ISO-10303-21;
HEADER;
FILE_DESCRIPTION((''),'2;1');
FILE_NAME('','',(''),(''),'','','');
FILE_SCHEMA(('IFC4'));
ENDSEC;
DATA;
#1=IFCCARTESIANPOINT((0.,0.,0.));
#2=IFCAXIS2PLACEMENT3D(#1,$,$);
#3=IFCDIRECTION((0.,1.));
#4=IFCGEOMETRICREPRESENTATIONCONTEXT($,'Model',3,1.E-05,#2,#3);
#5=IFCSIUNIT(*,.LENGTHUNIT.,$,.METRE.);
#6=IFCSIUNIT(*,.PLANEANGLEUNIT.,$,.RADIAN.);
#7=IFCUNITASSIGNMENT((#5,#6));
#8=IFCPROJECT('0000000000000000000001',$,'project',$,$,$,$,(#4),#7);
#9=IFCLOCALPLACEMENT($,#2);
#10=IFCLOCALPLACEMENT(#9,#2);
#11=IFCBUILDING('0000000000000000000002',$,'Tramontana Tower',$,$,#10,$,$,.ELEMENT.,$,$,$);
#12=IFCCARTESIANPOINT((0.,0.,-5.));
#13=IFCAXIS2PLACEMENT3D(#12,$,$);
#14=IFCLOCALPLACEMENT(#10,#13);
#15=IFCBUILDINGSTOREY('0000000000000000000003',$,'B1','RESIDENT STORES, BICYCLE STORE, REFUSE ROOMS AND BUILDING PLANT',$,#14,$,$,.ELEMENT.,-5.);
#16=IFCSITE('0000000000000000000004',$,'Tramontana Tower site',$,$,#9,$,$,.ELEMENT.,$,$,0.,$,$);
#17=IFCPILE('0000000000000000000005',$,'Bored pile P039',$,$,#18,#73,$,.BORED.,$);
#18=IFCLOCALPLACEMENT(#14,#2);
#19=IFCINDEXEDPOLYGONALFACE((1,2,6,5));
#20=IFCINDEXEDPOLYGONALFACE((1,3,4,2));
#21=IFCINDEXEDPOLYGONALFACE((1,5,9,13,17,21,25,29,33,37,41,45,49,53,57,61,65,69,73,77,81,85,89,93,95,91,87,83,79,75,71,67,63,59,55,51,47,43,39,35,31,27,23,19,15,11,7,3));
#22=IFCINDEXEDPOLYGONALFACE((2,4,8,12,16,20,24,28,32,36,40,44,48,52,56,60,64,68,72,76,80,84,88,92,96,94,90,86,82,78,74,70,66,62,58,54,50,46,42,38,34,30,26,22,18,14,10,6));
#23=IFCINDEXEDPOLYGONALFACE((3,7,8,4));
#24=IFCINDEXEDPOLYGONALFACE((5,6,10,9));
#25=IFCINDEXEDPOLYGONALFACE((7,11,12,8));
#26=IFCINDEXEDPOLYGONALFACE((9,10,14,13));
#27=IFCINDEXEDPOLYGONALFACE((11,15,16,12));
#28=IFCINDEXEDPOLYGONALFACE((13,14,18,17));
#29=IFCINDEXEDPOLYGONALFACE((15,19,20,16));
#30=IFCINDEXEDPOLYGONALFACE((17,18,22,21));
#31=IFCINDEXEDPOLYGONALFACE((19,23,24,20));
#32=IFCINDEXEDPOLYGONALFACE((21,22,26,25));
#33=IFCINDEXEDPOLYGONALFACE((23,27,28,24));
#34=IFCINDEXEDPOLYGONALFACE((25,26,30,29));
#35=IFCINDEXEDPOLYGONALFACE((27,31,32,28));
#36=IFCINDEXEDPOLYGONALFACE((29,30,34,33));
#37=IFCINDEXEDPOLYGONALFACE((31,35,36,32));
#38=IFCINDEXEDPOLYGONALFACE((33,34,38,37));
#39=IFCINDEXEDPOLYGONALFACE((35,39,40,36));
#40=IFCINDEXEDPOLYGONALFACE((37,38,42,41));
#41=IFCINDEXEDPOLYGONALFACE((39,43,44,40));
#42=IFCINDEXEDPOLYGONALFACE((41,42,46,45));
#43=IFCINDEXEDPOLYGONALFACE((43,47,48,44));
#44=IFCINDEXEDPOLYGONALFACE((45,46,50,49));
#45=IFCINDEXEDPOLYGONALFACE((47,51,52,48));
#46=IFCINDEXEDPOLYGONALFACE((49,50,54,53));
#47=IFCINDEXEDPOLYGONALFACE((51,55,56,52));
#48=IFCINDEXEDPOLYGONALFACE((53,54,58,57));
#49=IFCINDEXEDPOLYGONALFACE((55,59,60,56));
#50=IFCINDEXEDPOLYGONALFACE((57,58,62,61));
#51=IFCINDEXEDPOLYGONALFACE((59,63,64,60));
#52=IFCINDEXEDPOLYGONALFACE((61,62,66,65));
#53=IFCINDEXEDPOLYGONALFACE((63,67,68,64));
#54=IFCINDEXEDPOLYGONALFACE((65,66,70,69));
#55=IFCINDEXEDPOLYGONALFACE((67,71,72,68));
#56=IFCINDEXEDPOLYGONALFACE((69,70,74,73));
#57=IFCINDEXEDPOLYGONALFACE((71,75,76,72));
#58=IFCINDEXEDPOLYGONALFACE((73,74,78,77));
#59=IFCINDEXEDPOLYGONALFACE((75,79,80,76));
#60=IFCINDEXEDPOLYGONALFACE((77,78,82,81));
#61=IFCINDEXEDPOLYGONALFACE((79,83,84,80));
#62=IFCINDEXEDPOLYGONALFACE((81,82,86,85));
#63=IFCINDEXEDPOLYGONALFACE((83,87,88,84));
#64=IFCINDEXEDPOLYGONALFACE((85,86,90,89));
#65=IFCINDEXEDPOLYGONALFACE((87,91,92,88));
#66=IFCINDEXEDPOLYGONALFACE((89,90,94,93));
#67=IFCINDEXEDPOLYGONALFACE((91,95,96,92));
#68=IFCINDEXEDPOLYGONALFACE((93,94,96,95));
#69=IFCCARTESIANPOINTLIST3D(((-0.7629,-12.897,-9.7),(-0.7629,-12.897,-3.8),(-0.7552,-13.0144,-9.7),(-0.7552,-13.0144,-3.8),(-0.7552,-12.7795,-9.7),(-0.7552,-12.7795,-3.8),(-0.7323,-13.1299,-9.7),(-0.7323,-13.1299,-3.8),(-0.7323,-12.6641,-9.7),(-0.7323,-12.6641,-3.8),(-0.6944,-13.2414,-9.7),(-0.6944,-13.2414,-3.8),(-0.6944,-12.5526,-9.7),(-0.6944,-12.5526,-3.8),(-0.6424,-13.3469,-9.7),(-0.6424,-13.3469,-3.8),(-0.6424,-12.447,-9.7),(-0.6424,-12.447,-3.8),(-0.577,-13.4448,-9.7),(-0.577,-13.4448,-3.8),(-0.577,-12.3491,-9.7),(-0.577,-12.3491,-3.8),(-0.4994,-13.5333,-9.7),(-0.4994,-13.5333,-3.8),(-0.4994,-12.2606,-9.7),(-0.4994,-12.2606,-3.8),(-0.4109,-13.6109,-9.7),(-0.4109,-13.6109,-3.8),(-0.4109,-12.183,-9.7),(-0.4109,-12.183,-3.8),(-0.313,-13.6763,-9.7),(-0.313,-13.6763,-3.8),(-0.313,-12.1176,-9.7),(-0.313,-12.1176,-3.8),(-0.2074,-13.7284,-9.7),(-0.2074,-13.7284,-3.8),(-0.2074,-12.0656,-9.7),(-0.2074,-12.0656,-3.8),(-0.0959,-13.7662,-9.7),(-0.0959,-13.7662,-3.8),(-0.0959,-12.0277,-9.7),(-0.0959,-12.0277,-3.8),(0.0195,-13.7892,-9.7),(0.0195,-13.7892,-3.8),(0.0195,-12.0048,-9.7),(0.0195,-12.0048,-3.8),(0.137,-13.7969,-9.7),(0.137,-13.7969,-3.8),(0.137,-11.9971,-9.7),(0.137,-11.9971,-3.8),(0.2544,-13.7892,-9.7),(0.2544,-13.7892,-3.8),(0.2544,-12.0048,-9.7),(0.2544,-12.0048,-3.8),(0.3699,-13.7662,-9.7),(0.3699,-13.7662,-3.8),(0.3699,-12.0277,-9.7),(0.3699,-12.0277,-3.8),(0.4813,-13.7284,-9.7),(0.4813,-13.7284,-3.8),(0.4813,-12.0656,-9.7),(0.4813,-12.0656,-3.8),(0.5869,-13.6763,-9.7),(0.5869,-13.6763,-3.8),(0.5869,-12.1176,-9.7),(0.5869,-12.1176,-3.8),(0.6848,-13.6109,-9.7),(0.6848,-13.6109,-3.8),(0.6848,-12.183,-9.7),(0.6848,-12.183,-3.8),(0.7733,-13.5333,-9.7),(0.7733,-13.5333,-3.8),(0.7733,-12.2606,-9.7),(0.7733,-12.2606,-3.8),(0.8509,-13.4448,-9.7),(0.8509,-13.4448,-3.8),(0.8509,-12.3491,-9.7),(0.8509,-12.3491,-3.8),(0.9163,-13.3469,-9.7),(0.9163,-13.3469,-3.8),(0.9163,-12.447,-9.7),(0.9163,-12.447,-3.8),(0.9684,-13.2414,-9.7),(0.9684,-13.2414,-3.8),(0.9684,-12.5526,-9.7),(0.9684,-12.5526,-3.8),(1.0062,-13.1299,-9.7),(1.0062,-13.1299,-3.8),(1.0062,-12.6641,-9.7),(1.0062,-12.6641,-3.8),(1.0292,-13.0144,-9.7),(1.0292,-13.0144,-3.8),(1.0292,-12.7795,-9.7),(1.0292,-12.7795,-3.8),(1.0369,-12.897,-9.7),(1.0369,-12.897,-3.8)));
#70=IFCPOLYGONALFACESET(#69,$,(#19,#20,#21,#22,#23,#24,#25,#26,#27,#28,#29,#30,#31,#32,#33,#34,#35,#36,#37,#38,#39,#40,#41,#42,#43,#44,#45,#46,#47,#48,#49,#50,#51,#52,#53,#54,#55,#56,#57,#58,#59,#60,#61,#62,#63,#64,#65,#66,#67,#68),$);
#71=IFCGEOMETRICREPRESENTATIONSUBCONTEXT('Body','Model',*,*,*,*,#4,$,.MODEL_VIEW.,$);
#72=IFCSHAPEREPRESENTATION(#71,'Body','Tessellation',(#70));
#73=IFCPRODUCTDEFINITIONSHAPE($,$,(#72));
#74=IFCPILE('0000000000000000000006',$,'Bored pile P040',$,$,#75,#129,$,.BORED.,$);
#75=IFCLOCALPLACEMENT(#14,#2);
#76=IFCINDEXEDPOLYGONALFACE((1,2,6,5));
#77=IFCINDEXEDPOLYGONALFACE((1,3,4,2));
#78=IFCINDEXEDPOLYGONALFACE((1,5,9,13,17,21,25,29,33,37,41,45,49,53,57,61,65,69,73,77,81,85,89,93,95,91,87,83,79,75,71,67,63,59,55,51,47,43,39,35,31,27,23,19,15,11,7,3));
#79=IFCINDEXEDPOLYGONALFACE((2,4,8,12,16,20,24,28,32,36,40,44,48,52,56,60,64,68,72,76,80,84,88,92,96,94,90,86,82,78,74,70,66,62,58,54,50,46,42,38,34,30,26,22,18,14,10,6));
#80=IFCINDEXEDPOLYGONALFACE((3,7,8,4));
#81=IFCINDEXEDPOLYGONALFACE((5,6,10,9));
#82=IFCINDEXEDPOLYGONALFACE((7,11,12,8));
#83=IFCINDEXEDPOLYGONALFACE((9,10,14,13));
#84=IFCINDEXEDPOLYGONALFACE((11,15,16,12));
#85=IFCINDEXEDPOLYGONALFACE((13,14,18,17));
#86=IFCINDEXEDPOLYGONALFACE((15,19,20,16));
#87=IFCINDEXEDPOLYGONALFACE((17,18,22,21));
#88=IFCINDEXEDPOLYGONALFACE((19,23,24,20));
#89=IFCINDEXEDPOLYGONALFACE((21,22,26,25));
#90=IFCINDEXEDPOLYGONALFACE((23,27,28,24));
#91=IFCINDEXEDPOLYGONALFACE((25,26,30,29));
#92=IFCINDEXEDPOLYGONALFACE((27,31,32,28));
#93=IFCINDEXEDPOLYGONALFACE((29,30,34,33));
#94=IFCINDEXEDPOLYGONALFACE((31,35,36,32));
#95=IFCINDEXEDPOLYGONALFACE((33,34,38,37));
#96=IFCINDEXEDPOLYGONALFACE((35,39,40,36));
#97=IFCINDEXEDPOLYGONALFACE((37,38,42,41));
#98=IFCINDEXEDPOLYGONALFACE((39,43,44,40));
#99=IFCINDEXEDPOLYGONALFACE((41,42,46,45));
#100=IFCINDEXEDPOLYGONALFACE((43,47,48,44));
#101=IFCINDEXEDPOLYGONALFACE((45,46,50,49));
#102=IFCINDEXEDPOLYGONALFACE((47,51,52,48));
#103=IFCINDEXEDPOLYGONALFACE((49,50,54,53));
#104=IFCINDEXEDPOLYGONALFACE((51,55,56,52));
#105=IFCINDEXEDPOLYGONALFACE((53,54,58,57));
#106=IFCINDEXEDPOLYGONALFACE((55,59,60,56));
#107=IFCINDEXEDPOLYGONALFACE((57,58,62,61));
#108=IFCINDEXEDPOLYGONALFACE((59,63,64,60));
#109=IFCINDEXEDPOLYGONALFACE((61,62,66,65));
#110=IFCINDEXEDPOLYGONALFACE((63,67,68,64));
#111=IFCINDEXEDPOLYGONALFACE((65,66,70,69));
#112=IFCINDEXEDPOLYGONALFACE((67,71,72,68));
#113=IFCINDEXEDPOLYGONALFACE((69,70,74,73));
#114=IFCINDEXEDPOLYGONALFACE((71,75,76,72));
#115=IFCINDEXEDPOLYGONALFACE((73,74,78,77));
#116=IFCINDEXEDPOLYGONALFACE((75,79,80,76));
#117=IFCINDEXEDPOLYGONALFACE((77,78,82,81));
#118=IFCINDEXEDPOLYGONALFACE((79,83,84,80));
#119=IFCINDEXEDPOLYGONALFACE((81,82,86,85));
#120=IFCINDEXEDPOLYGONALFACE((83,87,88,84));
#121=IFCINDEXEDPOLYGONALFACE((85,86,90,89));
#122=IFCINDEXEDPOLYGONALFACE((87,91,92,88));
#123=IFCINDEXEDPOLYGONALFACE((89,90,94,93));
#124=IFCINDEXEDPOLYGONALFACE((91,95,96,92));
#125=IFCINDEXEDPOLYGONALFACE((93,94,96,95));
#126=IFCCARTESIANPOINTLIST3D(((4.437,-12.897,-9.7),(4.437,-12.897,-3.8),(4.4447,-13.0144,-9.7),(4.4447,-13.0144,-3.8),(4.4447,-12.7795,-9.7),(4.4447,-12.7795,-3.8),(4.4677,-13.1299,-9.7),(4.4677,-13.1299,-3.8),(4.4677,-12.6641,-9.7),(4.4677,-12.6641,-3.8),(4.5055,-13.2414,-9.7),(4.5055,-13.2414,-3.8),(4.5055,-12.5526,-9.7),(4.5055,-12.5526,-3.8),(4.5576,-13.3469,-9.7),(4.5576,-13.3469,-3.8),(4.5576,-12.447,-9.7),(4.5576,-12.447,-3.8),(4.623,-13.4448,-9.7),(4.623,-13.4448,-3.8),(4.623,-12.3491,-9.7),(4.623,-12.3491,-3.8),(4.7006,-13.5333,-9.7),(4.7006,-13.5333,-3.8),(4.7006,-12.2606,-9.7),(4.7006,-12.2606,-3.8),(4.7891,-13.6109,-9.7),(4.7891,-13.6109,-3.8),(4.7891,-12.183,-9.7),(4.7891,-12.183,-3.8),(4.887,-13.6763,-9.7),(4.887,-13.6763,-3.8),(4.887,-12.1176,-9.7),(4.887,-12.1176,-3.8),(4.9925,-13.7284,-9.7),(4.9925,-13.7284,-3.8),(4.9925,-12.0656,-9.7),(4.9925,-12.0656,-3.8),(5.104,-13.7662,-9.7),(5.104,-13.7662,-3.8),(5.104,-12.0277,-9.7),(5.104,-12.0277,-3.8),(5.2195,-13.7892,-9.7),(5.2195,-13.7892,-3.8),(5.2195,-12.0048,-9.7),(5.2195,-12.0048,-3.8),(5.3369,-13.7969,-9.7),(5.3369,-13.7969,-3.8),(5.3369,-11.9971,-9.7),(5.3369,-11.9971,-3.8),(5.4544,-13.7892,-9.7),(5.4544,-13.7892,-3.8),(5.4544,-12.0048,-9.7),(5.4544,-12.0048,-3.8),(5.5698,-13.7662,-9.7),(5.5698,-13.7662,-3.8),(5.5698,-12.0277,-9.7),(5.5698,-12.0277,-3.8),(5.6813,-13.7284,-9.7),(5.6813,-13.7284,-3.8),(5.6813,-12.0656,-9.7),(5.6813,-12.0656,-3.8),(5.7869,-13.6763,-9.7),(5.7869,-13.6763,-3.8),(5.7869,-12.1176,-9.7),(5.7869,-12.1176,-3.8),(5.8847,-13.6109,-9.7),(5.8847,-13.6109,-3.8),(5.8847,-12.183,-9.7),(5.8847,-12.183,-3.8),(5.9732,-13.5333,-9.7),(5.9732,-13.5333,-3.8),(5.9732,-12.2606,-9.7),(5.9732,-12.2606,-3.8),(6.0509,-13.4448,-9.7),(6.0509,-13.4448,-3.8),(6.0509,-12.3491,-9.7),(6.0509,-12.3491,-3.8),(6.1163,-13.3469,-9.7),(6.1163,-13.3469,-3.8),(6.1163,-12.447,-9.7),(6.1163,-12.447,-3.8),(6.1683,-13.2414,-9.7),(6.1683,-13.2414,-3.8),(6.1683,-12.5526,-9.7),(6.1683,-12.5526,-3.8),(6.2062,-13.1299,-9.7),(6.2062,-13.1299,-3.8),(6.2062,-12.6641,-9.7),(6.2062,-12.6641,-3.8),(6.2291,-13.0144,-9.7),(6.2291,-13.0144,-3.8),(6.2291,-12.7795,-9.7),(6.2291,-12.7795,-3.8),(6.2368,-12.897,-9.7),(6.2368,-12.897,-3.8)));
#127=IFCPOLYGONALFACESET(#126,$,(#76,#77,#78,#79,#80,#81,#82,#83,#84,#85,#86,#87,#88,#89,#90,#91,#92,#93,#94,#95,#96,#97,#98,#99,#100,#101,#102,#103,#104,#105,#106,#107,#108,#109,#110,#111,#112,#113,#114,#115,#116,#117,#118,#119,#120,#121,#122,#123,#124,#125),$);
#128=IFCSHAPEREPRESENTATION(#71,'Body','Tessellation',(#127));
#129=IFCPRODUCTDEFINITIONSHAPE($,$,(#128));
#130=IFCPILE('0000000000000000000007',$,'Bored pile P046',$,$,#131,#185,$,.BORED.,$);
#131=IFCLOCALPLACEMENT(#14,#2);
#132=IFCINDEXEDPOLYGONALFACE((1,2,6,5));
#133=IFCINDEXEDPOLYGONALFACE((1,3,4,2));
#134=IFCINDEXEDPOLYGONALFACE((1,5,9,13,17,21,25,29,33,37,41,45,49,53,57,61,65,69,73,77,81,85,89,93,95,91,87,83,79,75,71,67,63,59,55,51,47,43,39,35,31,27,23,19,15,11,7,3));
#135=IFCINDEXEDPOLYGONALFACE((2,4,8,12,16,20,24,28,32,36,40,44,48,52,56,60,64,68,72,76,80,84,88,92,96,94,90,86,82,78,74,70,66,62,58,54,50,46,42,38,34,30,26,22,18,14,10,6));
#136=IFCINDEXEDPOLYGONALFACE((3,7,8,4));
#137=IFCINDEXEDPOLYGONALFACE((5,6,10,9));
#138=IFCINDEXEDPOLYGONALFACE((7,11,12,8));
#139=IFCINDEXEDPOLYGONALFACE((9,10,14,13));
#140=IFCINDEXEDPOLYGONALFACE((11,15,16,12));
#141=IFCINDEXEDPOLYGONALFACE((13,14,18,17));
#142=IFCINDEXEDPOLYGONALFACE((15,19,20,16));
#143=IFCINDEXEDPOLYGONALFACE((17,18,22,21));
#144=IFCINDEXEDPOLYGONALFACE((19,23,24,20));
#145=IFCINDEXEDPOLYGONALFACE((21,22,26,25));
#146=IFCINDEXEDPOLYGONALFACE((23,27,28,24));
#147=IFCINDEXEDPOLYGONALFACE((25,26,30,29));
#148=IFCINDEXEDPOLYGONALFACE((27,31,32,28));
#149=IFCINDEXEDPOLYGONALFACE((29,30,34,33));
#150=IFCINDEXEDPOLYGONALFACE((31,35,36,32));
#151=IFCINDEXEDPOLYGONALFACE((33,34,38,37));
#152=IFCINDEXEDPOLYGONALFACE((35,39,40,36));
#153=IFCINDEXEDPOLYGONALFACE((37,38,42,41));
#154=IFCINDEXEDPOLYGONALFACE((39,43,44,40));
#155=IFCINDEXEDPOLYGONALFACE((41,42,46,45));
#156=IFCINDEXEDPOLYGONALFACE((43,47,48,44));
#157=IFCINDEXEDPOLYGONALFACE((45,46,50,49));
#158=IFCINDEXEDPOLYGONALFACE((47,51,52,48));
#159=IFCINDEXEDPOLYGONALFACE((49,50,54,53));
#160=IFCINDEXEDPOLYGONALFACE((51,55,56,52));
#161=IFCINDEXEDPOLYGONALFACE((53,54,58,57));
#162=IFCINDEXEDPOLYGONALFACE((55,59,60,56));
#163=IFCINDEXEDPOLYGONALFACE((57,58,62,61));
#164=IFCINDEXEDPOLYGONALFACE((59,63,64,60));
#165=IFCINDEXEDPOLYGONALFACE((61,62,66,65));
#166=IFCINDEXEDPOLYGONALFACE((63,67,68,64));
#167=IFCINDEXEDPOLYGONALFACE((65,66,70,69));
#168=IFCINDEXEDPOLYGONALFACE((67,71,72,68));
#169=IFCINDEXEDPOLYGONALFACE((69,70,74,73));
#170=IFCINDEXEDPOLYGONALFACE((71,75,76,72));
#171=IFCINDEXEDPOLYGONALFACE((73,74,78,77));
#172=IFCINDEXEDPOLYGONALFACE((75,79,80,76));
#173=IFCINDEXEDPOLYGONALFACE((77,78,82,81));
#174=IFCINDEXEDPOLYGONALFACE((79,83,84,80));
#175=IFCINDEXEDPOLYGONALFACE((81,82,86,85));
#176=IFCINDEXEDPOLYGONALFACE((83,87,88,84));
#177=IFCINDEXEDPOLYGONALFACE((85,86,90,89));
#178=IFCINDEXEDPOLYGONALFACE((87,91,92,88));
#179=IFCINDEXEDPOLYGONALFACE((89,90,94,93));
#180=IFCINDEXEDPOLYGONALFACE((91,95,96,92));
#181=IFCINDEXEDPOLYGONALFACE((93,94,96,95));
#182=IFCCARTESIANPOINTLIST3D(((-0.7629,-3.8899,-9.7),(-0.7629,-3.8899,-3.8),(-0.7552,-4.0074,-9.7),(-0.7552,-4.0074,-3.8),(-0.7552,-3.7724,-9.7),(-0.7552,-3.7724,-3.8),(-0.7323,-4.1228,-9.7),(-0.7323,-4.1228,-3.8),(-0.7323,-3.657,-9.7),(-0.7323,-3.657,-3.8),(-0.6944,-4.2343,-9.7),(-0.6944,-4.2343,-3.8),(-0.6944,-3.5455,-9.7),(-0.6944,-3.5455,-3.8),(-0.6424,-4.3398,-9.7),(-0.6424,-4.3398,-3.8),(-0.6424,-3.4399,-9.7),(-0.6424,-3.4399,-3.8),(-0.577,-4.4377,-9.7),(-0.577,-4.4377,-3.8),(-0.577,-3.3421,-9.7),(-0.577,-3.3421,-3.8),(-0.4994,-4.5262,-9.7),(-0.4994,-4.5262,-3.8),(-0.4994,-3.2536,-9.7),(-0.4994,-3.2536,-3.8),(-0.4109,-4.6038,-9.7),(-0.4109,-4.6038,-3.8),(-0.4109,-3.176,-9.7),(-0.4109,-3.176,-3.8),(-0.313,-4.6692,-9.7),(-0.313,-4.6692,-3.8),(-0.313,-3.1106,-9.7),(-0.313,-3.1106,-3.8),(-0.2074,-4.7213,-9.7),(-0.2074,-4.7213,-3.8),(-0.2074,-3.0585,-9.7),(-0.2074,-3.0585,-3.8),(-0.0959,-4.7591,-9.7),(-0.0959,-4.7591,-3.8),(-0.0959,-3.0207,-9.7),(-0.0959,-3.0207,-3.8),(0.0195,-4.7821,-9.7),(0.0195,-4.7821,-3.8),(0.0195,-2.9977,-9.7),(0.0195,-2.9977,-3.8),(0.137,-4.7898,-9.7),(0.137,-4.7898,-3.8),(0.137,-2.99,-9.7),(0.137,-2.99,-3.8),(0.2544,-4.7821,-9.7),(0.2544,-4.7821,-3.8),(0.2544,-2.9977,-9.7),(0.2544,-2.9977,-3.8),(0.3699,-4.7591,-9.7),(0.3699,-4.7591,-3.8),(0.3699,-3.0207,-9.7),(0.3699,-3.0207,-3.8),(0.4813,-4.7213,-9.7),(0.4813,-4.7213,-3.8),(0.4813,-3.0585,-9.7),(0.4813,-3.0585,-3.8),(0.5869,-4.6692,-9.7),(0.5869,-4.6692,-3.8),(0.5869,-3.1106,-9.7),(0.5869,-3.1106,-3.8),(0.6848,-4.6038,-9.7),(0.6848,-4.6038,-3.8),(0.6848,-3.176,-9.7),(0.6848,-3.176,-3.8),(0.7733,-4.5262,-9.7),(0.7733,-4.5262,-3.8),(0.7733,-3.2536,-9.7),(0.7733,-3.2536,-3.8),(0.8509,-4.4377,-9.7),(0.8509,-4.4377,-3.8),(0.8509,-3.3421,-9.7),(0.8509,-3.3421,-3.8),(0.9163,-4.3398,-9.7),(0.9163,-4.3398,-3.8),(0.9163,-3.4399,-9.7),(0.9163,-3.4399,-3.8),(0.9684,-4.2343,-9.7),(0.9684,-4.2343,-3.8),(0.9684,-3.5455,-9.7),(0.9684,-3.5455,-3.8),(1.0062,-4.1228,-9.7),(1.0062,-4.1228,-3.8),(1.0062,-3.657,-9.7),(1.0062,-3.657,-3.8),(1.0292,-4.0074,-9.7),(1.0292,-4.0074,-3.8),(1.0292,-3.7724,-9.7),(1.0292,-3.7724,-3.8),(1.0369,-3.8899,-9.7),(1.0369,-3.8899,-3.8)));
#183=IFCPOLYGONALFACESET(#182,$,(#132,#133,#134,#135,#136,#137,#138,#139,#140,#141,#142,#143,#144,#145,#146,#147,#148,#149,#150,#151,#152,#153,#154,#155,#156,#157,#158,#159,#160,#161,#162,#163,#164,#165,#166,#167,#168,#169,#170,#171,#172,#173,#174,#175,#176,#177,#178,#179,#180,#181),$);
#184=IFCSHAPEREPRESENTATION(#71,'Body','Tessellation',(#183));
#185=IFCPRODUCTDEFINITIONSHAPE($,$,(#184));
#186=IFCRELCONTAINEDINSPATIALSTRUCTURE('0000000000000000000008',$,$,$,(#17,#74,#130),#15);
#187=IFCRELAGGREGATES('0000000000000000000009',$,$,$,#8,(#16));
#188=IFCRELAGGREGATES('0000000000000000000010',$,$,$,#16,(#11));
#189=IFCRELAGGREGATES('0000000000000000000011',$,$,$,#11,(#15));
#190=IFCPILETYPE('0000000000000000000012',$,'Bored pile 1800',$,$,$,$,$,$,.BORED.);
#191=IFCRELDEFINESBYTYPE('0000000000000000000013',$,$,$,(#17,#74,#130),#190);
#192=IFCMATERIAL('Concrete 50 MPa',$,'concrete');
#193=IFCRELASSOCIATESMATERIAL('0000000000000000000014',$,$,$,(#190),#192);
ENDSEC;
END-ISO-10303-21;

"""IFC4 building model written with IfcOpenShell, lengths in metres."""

from ifc_helpers import new_model, si_unit, direction, frame, origin, origin_2d, place, context, subcontext, project, spatial, circle, extrude, material, material_profile, profile_set, type_object, element, save


model = new_model("IFC4")

# Units and contexts
model_context = context("Model", 3, precision=1e-05, world=origin(), true_north=direction((0.0, 1.0)))
body_context = subcontext(model_context, "Body", "Model", "MODEL_VIEW")
ifc_project = project(units=[si_unit("LENGTHUNIT", "METRE"), si_unit("PLANEANGLEUNIT", "RADIAN")], contexts=[model_context])

# Site, building, storey
site_placement = place(None, origin())
site = spatial("IfcSite", under=ifc_project, at=site_placement, Name="Tramontana Tower site", CompositionType="ELEMENT", RefElevation=0.0)
building_placement = place(site_placement, origin())
building = spatial("IfcBuilding", under=site, at=building_placement, Name="Tramontana Tower", CompositionType="ELEMENT")
storey_placement = place(building_placement, frame((0.0, 0.0, -5.0)))
storey = spatial("IfcBuildingStorey", under=building, at=storey_placement, Name="B1", Description="RESIDENT STORES, BICYCLE STORE, REFUSE ROOMS AND BUILDING PLANT", CompositionType="ELEMENT", Elevation=-5.0)

# Piles
ifc_material_1 = material(Name="Concrete 50 MPa", Category="concrete")
ifc_material_profile_1 = material_profile(ifc_material_1, circle(Radius=0.8999, at=origin_2d()), Name="Bored pile 1800")
ifc_profile_set_1 = profile_set([ifc_material_profile_1], Name="Concrete 50 MPa")
pile_type = type_object("IfcPileType", Name="Bored pile 1800", PredefinedType="BORED", material=ifc_profile_set_1)
for number, where, z_axis, x_axis, name in (
    (1, (0.137, -12.897, -3.8), (0.0, 0.0, -1.0), (1.0, 0.0, 0.0), "Bored pile P039"),
    (2, (5.3369, -12.897, -3.8), (0.0, 0.0, -1.0), (1.0, 0.0, 0.0), "Bored pile P040"),
    (3, (0.137, -3.8899, -3.8), (0.0, 0.0, -1.0), (1.0, 0.0, 0.0), "Bored pile P046"),
):
    element("IfcPile", number, at=place(storey_placement, frame(where, z_axis=z_axis, x_axis=x_axis)), inside=storey, type_object=pile_type, Name=name, PredefinedType="BORED", context=body_context, shape_type="SweptSolid", body=[
        extrude(circle(Radius=0.8999, at=origin_2d()), origin(), (0.0, 0.0, 1.0), 5.8999),
    ])

save(model, "model.ifc")
